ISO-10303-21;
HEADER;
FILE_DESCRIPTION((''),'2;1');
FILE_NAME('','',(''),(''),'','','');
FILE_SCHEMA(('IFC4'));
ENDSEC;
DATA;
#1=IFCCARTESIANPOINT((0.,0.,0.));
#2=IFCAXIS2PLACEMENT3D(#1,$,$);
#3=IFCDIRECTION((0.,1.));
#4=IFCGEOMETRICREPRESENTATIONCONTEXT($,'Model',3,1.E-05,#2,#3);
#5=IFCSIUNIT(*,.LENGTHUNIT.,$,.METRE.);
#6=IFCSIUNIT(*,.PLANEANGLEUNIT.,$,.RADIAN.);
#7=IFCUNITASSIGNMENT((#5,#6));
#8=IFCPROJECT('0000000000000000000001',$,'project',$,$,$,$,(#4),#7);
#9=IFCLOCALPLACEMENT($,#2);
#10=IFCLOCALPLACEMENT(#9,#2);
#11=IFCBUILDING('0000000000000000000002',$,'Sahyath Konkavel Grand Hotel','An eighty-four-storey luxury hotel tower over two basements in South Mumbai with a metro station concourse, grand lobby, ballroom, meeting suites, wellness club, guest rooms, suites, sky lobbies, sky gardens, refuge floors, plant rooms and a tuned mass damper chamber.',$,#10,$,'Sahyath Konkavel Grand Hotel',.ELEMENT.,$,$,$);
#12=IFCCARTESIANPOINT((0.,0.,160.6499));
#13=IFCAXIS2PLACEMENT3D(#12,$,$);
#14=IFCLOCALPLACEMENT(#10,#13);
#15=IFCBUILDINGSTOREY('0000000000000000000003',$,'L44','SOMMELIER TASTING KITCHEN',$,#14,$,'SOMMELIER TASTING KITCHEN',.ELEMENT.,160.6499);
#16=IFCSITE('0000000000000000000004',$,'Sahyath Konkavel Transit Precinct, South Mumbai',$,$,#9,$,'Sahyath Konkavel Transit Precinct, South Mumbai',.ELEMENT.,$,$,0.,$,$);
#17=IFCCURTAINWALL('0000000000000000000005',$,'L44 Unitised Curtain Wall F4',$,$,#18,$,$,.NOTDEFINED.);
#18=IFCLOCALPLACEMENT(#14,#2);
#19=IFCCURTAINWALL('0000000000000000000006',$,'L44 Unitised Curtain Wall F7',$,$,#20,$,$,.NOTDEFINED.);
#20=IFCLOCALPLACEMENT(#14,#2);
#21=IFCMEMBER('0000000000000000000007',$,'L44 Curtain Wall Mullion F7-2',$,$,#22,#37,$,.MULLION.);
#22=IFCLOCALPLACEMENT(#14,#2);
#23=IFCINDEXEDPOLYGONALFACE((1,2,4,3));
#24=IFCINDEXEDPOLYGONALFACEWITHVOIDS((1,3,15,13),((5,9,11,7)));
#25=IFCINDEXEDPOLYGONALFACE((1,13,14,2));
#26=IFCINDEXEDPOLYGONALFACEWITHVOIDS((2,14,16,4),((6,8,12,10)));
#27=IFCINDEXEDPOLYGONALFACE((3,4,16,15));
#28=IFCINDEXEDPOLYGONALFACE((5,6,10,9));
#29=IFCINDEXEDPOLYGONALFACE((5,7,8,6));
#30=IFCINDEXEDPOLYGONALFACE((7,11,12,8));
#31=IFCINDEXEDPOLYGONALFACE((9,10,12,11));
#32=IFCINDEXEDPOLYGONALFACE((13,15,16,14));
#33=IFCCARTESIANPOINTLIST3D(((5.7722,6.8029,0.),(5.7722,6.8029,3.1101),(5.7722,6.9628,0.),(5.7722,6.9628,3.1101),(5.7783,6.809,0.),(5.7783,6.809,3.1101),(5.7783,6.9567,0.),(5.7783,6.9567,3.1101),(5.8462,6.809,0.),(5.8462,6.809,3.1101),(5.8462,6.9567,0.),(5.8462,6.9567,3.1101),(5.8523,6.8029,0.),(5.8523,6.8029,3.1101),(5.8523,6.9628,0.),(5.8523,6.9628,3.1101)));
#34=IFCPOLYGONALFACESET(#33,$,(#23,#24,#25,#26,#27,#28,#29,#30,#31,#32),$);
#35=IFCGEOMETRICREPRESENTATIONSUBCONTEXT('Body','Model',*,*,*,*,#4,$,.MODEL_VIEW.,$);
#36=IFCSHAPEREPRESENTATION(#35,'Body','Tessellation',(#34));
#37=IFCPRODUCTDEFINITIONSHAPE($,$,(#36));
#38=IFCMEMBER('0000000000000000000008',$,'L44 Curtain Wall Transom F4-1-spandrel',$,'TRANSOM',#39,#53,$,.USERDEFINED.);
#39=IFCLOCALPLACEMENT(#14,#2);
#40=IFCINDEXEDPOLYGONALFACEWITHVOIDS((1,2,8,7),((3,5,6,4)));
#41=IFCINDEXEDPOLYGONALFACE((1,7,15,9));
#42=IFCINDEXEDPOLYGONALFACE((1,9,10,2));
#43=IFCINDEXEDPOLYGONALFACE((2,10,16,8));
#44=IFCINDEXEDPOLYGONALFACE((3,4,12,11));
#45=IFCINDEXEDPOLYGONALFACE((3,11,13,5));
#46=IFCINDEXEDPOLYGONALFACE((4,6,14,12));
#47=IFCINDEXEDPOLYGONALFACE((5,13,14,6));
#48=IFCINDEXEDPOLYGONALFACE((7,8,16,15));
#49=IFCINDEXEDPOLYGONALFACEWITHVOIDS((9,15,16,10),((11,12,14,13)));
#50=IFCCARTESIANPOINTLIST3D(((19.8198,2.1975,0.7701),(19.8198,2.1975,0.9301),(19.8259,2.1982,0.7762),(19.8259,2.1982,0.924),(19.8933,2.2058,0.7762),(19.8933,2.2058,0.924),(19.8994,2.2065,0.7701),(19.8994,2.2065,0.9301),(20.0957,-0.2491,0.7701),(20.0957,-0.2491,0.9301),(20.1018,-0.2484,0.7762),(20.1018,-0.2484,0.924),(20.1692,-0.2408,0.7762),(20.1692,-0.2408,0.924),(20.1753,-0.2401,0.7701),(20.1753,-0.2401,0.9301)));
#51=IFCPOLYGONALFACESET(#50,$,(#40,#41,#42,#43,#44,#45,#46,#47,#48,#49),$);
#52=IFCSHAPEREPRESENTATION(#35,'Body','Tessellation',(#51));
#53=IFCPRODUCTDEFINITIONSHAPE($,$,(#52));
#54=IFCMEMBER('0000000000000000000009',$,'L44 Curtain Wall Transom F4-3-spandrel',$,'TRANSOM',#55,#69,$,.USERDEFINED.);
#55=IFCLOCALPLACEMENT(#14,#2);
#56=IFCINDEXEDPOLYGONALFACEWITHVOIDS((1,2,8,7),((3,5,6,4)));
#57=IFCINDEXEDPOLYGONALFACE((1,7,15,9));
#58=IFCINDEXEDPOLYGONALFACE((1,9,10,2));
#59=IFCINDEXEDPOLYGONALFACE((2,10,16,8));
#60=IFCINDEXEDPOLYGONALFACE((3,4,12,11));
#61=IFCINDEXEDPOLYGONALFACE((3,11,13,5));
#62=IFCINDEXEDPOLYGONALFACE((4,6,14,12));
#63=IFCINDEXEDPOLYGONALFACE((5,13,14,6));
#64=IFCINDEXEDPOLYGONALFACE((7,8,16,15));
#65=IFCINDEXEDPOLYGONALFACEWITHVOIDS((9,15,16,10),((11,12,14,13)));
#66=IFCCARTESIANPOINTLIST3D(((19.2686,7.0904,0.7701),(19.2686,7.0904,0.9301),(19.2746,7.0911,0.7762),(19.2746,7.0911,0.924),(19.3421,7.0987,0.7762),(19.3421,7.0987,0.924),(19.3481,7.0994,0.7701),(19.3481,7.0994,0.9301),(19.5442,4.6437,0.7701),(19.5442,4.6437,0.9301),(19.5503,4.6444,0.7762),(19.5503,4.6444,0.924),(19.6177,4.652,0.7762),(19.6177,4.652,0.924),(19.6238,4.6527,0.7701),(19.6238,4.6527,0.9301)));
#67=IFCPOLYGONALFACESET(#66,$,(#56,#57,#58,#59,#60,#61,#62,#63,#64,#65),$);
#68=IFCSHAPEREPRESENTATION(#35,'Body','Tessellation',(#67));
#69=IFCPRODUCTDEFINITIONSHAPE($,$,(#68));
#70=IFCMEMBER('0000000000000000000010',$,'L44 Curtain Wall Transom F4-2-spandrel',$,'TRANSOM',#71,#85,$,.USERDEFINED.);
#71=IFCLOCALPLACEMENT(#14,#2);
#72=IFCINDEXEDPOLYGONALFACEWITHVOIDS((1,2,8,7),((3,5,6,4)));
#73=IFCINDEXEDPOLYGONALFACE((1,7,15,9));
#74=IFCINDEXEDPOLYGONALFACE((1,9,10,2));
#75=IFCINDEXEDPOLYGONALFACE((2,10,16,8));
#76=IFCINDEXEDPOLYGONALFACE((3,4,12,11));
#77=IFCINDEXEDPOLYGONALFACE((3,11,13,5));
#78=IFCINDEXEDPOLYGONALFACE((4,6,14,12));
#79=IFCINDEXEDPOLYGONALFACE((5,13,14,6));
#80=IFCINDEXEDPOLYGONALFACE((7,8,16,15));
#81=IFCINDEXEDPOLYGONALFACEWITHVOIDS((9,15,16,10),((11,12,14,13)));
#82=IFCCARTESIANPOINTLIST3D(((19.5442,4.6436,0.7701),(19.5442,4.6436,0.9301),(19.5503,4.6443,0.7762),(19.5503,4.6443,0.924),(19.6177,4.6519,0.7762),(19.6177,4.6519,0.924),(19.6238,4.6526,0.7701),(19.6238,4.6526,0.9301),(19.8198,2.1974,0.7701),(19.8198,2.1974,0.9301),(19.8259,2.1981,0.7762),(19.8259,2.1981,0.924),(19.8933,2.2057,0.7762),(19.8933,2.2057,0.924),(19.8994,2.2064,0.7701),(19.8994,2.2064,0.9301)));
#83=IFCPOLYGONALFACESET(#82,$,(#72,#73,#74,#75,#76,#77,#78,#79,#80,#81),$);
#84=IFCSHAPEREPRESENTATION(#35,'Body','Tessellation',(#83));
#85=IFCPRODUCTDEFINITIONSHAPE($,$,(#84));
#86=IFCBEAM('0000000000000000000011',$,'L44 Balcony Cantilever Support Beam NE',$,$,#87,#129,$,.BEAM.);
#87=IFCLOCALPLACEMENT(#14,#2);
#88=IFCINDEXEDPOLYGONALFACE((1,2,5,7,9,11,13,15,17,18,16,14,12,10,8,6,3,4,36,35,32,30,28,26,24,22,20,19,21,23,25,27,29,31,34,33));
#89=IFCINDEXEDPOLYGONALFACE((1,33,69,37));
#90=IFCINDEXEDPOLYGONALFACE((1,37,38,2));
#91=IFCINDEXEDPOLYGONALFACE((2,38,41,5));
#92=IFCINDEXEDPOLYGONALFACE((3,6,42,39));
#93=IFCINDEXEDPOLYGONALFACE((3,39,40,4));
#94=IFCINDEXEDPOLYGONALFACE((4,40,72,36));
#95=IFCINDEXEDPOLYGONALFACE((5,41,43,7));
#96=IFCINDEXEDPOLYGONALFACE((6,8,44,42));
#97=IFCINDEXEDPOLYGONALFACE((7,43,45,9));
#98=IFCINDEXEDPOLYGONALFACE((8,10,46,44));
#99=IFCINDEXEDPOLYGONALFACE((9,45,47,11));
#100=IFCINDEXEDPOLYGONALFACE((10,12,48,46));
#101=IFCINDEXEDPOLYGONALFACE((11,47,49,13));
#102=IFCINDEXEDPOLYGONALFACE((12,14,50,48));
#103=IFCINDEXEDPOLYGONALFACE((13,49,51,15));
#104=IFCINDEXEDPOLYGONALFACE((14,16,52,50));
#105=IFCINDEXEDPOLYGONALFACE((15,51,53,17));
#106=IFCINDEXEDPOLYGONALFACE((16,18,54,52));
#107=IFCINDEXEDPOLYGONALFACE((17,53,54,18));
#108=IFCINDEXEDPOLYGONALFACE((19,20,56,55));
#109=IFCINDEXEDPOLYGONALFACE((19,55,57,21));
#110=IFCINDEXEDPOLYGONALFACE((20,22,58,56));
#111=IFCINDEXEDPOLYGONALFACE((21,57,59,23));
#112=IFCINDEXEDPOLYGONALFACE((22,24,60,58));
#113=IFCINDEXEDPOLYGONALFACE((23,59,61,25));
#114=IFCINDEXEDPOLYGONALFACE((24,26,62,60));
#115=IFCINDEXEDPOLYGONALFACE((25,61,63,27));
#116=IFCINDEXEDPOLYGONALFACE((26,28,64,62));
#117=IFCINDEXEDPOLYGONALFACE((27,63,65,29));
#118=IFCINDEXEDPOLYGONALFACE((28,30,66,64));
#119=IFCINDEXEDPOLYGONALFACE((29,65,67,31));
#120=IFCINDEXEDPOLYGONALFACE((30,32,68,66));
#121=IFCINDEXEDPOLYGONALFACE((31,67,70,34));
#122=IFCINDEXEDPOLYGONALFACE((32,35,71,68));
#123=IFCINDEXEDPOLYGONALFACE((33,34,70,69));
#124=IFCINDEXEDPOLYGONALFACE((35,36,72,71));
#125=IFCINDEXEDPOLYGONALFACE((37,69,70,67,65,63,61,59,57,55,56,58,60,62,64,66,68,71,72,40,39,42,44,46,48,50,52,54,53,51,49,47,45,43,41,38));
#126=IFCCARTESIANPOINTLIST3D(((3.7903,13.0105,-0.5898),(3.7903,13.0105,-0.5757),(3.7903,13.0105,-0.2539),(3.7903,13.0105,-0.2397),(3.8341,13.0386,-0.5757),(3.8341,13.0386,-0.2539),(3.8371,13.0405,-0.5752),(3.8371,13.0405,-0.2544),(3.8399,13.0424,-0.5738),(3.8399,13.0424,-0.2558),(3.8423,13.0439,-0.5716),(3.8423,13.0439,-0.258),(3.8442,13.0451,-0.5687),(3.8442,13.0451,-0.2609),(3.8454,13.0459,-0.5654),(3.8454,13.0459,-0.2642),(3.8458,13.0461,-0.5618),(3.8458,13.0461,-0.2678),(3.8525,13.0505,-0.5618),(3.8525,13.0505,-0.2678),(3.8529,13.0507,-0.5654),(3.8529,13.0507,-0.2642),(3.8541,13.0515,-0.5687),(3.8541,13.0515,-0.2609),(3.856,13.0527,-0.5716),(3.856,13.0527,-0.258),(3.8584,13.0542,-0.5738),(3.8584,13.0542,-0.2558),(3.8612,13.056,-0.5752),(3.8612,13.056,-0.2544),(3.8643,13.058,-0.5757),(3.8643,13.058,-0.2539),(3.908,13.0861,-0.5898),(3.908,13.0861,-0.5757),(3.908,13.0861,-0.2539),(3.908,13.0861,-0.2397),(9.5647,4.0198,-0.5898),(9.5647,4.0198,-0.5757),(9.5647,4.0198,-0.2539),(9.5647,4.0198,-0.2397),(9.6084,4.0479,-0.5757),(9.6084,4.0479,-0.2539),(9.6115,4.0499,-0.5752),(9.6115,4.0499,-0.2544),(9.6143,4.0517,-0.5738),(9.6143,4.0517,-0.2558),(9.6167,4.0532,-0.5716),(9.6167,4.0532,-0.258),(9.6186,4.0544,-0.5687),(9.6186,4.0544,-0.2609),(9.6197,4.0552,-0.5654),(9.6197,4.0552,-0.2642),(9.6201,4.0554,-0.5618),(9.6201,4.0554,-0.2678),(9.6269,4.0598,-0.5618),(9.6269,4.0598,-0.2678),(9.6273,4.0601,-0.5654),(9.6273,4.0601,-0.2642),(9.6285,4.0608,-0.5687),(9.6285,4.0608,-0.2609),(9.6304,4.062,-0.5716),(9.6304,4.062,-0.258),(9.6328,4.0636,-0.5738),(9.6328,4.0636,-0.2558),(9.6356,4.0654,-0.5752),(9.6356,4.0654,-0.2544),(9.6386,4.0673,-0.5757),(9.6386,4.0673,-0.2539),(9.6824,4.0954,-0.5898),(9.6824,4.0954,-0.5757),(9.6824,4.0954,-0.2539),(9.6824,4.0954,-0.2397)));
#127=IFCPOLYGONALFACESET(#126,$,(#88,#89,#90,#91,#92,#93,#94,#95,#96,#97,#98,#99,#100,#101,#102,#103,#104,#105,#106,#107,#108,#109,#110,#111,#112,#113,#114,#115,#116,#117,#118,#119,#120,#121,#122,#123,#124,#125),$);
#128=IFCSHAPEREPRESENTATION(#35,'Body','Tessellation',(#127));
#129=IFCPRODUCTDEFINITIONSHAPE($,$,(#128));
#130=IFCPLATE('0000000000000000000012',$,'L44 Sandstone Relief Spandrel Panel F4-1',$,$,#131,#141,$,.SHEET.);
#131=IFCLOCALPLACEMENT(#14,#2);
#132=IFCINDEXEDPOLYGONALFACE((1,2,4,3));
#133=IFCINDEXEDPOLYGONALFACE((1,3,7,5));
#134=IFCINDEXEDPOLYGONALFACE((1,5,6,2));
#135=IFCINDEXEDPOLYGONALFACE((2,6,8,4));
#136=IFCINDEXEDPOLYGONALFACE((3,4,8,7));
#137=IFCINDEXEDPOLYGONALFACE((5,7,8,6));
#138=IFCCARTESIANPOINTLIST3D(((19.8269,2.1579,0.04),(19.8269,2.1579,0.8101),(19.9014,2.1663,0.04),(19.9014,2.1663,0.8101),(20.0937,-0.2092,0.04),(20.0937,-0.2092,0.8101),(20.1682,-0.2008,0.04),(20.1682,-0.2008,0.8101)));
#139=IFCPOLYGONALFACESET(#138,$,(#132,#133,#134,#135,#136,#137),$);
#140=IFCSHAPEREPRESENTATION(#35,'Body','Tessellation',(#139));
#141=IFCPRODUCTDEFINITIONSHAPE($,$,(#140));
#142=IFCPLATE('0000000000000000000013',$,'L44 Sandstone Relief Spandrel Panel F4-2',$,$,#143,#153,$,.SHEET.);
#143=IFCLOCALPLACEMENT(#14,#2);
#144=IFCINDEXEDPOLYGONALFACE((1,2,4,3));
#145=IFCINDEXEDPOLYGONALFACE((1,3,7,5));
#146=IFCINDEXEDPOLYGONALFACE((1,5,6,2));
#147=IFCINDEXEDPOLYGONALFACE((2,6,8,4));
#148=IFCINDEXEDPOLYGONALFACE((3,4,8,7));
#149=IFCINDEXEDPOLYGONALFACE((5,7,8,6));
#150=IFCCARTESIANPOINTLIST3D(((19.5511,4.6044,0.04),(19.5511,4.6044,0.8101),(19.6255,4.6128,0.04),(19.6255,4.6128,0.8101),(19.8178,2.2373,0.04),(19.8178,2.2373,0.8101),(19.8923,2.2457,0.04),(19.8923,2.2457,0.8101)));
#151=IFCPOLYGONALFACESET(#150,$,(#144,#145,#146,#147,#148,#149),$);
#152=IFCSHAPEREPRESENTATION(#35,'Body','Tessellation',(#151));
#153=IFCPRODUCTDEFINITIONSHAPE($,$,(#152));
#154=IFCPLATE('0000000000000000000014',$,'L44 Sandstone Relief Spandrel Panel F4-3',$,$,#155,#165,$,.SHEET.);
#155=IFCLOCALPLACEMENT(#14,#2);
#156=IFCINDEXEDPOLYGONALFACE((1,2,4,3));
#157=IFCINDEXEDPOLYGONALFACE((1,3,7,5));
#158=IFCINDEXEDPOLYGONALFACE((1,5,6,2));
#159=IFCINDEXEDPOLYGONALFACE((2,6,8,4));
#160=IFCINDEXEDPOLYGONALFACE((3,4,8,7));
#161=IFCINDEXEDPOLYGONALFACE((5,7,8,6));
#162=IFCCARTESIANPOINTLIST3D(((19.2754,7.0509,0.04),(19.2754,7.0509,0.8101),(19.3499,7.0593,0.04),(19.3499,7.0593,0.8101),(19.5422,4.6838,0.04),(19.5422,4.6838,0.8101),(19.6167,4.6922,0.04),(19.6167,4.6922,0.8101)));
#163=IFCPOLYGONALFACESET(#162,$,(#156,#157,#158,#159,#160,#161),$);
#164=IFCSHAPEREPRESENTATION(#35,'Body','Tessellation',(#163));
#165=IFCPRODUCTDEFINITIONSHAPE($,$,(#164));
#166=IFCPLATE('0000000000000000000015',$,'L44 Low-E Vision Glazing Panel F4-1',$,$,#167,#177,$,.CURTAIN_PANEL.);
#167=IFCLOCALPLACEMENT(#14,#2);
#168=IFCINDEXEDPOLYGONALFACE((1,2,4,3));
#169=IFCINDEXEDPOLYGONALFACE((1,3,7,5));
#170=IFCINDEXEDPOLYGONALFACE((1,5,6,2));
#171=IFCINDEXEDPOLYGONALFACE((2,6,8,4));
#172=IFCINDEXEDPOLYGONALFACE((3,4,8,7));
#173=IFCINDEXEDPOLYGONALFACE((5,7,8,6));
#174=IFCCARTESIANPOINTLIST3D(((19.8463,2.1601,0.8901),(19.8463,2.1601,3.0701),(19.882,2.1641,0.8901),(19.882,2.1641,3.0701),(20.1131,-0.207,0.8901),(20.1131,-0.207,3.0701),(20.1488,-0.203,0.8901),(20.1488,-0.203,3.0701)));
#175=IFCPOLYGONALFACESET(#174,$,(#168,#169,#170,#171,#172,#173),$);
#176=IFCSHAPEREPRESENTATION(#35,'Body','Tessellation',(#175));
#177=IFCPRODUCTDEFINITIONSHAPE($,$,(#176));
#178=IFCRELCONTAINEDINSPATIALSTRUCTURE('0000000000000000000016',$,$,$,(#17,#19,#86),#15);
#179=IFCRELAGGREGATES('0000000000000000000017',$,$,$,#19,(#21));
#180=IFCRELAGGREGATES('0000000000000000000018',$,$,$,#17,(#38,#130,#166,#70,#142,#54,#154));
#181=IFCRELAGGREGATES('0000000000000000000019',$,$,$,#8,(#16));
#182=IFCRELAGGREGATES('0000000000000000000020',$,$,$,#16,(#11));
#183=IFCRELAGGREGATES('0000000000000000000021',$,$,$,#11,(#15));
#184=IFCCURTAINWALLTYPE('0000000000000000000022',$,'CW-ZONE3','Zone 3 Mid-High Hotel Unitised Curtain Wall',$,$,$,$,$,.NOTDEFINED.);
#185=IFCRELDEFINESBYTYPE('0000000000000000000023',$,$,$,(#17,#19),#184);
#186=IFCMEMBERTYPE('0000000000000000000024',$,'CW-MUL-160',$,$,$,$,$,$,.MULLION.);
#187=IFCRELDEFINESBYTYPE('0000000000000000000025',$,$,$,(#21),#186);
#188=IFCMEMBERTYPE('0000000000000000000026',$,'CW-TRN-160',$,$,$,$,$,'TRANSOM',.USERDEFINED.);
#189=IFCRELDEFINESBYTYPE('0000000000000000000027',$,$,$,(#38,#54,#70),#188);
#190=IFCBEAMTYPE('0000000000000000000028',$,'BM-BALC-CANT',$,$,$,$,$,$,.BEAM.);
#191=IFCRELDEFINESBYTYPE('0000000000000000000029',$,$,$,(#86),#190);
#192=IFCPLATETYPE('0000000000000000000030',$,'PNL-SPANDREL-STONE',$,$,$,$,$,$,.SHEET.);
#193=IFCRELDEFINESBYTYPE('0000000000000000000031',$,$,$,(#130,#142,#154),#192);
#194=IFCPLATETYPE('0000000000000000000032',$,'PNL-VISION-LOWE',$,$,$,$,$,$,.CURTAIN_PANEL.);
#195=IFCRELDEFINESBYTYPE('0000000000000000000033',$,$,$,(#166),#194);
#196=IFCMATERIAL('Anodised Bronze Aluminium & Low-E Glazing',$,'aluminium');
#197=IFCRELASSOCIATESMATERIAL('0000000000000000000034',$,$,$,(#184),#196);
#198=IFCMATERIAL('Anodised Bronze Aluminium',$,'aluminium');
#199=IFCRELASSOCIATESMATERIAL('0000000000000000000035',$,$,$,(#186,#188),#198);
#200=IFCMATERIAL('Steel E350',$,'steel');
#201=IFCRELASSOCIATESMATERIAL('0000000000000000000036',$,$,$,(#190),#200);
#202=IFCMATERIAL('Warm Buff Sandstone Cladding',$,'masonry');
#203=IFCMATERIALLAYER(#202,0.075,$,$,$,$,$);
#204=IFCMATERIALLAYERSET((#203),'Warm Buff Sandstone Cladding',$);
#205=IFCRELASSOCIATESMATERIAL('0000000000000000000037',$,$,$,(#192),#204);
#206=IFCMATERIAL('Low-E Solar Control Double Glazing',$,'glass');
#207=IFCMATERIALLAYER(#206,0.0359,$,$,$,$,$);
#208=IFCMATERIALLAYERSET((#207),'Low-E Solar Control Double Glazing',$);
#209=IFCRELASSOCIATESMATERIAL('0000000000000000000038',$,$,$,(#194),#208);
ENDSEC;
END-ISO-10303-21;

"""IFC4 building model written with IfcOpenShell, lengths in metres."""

from ifc_helpers import new_model, si_unit, direction, frame, origin, origin_2d, place, context, subcontext, project, spatial, rectangle, hollow_rectangle, i_section, extrude, source, transform, mapped, material, layer, layer_set, material_profile, profile_set, type_object, element, aggregate, save


model = new_model("IFC4")

# Units and contexts
model_context = context("Model", 3, precision=1e-05, world=origin(), true_north=direction((0.0, 1.0)))
body_context = subcontext(model_context, "Body", "Model", "MODEL_VIEW")
ifc_project = project(units=[si_unit("LENGTHUNIT", "METRE"), si_unit("PLANEANGLEUNIT", "RADIAN")], contexts=[model_context])

# Site, building, storey
site_placement = place(None, origin())
site = spatial("IfcSite", under=ifc_project, at=site_placement, Name="Sahyath Konkavel Transit Precinct, South Mumbai", LongName="Sahyath Konkavel Transit Precinct, South Mumbai", CompositionType="ELEMENT", RefElevation=0.0)
building_placement = place(site_placement, origin())
building = spatial("IfcBuilding", under=site, at=building_placement, Name="Sahyath Konkavel Grand Hotel", Description="An eighty-four-storey luxury hotel tower over two basements in South Mumbai with a metro station concourse, grand lobby, ballroom, meeting suites, wellness club, guest rooms, suites, sky lobbies, sky gardens, refuge floors, plant rooms and a tuned mass damper chamber.", LongName="Sahyath Konkavel Grand Hotel", CompositionType="ELEMENT")
storey_placement = place(building_placement, frame((0.0, 0.0, 160.6499)))
storey = spatial("IfcBuildingStorey", under=building, at=storey_placement, Name="L44", Description="SOMMELIER TASTING KITCHEN", LongName="SOMMELIER TASTING KITCHEN", CompositionType="ELEMENT", Elevation=160.6499)

# Shared definitions
ifc_material_1 = material(Name="Steel E350", Category="steel")

# Curtain wall
ifc_material_2 = material(Name="Anodised Bronze Aluminium & Low-E Glazing", Category="aluminium")
curtain_wall_type = type_object("IfcCurtainWallType", Name="CW-ZONE3", Description="Zone 3 Mid-High Hotel Unitised Curtain Wall", PredefinedType="NOTDEFINED", material=ifc_material_2)
curtain_wall_1_placement = place(storey_placement, origin())
curtain_wall_1 = element("IfcCurtainWall", 1, at=curtain_wall_1_placement, inside=storey, type_object=curtain_wall_type, Name="L44 Unitised Curtain Wall F4", PredefinedType="NOTDEFINED")
ifc_material_3 = material(Name="Anodised Bronze Aluminium", Category="aluminium")
ifc_material_profile_1 = material_profile(ifc_material_3, hollow_rectangle(XDim=0.0801, YDim=0.1599, WallThickness=0.0061, at=origin_2d()), Name="RHS 160x80x6")
ifc_profile_set_1 = profile_set([ifc_material_profile_1], Name="Anodised Bronze Aluminium")
member_type_1 = type_object("IfcMemberType", Name="CW-MUL-160", PredefinedType="MULLION", material=ifc_profile_set_1)
shared_shape_1 = source(origin(), body_context, "Body", "SweptSolid", [
    extrude(hollow_rectangle(XDim=0.0801, YDim=0.1599, WallThickness=0.0061, at=origin_2d()), origin(), (0.0, 0.0, 1.0), 3.1101),
])

# Curtain wall, member
curtain_wall_2_placement = place(storey_placement, origin())
curtain_wall_2 = element("IfcCurtainWall", 2, at=curtain_wall_2_placement, inside=storey, type_object=curtain_wall_type, Name="L44 Unitised Curtain Wall F7", PredefinedType="NOTDEFINED")
member_1_placement = place(storey_placement, frame((5.8123, 6.8828, 0.0), z_axis=(0.0, 0.0, 1.0), x_axis=(1.0, 0.0, 0.0)))
member_1 = element("IfcMember", 3, at=member_1_placement, type_object=member_type_1, Name="L44 Curtain Wall Mullion F7-2", PredefinedType="MULLION", context=body_context, shape_type="MappedRepresentation", body=[
    mapped(shared_shape_1, transform((0.0, 0.0, 0.0), scale=1.0)),
])
aggregate(curtain_wall_2, [member_1])

# Members
ifc_material_profile_2 = material_profile(ifc_material_3, hollow_rectangle(XDim=0.0801, YDim=0.1599, WallThickness=0.0061, at=origin_2d()), Name="RHS 160x80x6")
ifc_profile_set_2 = profile_set([ifc_material_profile_2], Name="Anodised Bronze Aluminium")
member_type_2 = type_object("IfcMemberType", Name="CW-TRN-160", ElementType="TRANSOM", PredefinedType="USERDEFINED", material=ifc_profile_set_2)
shared_shape_2 = source(origin(), body_context, "Body", "SweptSolid", [
    extrude(hollow_rectangle(XDim=0.0801, YDim=0.1599, WallThickness=0.0061, at=origin_2d()), origin(), (0.0, 0.0, 1.0), 2.4622),
])
member_2_placement = place(storey_placement, frame((20.1355, -0.2446, 0.8501), z_axis=(-0.112053, 0.993702, 0.0), x_axis=(-0.993702, -0.112053, 0.0)))
member_2 = element("IfcMember", 4, at=member_2_placement, type_object=member_type_2, Name="L44 Curtain Wall Transom F4-1-spandrel", ObjectType="TRANSOM", PredefinedType="USERDEFINED", context=body_context, shape_type="MappedRepresentation", body=[
    mapped(shared_shape_2, transform((0.0, 0.0, 0.0), scale=1.0)),
])
member_3_placement = place(storey_placement, frame((19.584, 4.6482, 0.8501), z_axis=(-0.111944, 0.993715, 0.0), x_axis=(-0.993715, -0.111944, 0.0)))
member_3 = element("IfcMember", 5, at=member_3_placement, type_object=member_type_2, Name="L44 Curtain Wall Transom F4-3-spandrel", ObjectType="TRANSOM", PredefinedType="USERDEFINED", context=body_context, shape_type="MappedRepresentation", body=[
    mapped(shared_shape_2, transform((0.0, 0.0, 0.0), scale=1.0)),
])
shared_shape_3 = source(origin(), body_context, "Body", "SweptSolid", [
    extrude(hollow_rectangle(XDim=0.0801, YDim=0.1599, WallThickness=0.0061, at=origin_2d()), origin(), (0.0, 0.0, 1.0), 2.4617),
])
member_4_placement = place(storey_placement, frame((19.8596, 2.2019, 0.8501), z_axis=(-0.111966, 0.993712, 0.0), x_axis=(-0.993712, -0.111966, 0.0)))
member_4 = element("IfcMember", 6, at=member_4_placement, type_object=member_type_2, Name="L44 Curtain Wall Transom F4-2-spandrel", ObjectType="TRANSOM", PredefinedType="USERDEFINED", context=body_context, shape_type="MappedRepresentation", body=[
    mapped(shared_shape_3, transform((0.0, 0.0, 0.0), scale=1.0)),
])

# Beam
ifc_material_profile_3 = material_profile(ifc_material_1, i_section(OverallWidth=0.1399, OverallDepth=0.3501, WebThickness=0.0081, FlangeThickness=0.0142, FilletRadius=0.0139, at=origin_2d()), Name="ISMB 350")
ifc_profile_set_3 = profile_set([ifc_material_profile_3], Name="Steel E350")
beam_type_1 = type_object("IfcBeamType", Name="BM-BALC-CANT", PredefinedType="BEAM", material=ifc_profile_set_3)
shared_shape_4 = source(origin(), body_context, "Body", "SweptSolid", [
    extrude(i_section(OverallWidth=0.1399, OverallDepth=0.3501, WebThickness=0.0081, FlangeThickness=0.0142, FilletRadius=0.0139, at=origin_2d()), origin(), (0.0, 0.0, 1.0), 10.6853),
])
beam_1_placement = place(storey_placement, frame((9.6235, 4.0576, -0.4148), z_axis=(-0.540404, 0.841406, 0.0), x_axis=(-0.841406, -0.540404, 0.0)))
element("IfcBeam", 7, at=beam_1_placement, inside=storey, type_object=beam_type_1, Name="L44 Balcony Cantilever Support Beam NE", PredefinedType="BEAM", context=body_context, shape_type="MappedRepresentation", body=[
    mapped(shared_shape_4, transform((0.0, 0.0, 0.0), scale=1.0)),
])

# Plates
ifc_material_4 = material(Name="Warm Buff Sandstone Cladding", Category="masonry")
ifc_layer_1 = layer(ifc_material_4, 0.075)
ifc_layer_set_1 = layer_set([ifc_layer_1], Name="Warm Buff Sandstone Cladding")
plate_type_1 = type_object("IfcPlateType", Name="PNL-SPANDREL-STONE", PredefinedType="SHEET", material=ifc_layer_set_1)
shared_shape_5 = source(origin(), body_context, "Body", "SweptSolid", [
    extrude(rectangle(XDim=2.3821, YDim=0.075, at=origin_2d()), origin(), (0.0, 0.0, 1.0), 0.77),
])
plate_1_placement = place(storey_placement, frame((19.9976, 0.9785, 0.04), z_axis=(0.0, 0.0, 1.0), x_axis=(-0.111989, 0.993709, 0.0)))
plate_1 = element("IfcPlate", 8, at=plate_1_placement, type_object=plate_type_1, Name="L44 Sandstone Relief Spandrel Panel F4-1", PredefinedType="SHEET", context=body_context, shape_type="MappedRepresentation", body=[
    mapped(shared_shape_5, transform((0.0, 0.0, 0.0), scale=1.0)),
])
plate_2_placement = place(storey_placement, frame((19.7217, 3.425, 0.04), z_axis=(0.0, 0.0, 1.0), x_axis=(-0.111989, 0.993709, 0.0)))
plate_2 = element("IfcPlate", 9, at=plate_2_placement, type_object=plate_type_1, Name="L44 Sandstone Relief Spandrel Panel F4-2", PredefinedType="SHEET", context=body_context, shape_type="MappedRepresentation", body=[
    mapped(shared_shape_5, transform((0.0, 0.0, 0.0), scale=1.0)),
])
plate_3_placement = place(storey_placement, frame((19.446, 5.8716, 0.04), z_axis=(0.0, 0.0, 1.0), x_axis=(-0.111989, 0.993709, 0.0)))
plate_3 = element("IfcPlate", 10, at=plate_3_placement, type_object=plate_type_1, Name="L44 Sandstone Relief Spandrel Panel F4-3", PredefinedType="SHEET", context=body_context, shape_type="MappedRepresentation", body=[
    mapped(shared_shape_5, transform((0.0, 0.0, 0.0), scale=1.0)),
])
ifc_material_5 = material(Name="Low-E Solar Control Double Glazing", Category="glass")
ifc_layer_2 = layer(ifc_material_5, 0.0359)
ifc_layer_set_2 = layer_set([ifc_layer_2], Name="Low-E Solar Control Double Glazing")
plate_type_2 = type_object("IfcPlateType", Name="PNL-VISION-LOWE", PredefinedType="CURTAIN_PANEL", material=ifc_layer_set_2)
shared_shape_6 = source(origin(), body_context, "Body", "SweptSolid", [
    extrude(rectangle(XDim=2.3821, YDim=0.0359, at=origin_2d()), origin(), (0.0, 0.0, 1.0), 2.1799),
])
plate_4_placement = place(storey_placement, frame((19.9976, 0.9785, 0.8901), z_axis=(0.0, 0.0, 1.0), x_axis=(-0.111989, 0.993709, 0.0)))
plate_4 = element("IfcPlate", 11, at=plate_4_placement, type_object=plate_type_2, Name="L44 Low-E Vision Glazing Panel F4-1", PredefinedType="CURTAIN_PANEL", context=body_context, shape_type="MappedRepresentation", body=[
    mapped(shared_shape_6, transform((0.0, 0.0, 0.0), scale=1.0)),
])
aggregate(curtain_wall_1, [member_2, plate_1, plate_4, member_4, plate_2, member_3, plate_3])

save(model, "model.ifc")
